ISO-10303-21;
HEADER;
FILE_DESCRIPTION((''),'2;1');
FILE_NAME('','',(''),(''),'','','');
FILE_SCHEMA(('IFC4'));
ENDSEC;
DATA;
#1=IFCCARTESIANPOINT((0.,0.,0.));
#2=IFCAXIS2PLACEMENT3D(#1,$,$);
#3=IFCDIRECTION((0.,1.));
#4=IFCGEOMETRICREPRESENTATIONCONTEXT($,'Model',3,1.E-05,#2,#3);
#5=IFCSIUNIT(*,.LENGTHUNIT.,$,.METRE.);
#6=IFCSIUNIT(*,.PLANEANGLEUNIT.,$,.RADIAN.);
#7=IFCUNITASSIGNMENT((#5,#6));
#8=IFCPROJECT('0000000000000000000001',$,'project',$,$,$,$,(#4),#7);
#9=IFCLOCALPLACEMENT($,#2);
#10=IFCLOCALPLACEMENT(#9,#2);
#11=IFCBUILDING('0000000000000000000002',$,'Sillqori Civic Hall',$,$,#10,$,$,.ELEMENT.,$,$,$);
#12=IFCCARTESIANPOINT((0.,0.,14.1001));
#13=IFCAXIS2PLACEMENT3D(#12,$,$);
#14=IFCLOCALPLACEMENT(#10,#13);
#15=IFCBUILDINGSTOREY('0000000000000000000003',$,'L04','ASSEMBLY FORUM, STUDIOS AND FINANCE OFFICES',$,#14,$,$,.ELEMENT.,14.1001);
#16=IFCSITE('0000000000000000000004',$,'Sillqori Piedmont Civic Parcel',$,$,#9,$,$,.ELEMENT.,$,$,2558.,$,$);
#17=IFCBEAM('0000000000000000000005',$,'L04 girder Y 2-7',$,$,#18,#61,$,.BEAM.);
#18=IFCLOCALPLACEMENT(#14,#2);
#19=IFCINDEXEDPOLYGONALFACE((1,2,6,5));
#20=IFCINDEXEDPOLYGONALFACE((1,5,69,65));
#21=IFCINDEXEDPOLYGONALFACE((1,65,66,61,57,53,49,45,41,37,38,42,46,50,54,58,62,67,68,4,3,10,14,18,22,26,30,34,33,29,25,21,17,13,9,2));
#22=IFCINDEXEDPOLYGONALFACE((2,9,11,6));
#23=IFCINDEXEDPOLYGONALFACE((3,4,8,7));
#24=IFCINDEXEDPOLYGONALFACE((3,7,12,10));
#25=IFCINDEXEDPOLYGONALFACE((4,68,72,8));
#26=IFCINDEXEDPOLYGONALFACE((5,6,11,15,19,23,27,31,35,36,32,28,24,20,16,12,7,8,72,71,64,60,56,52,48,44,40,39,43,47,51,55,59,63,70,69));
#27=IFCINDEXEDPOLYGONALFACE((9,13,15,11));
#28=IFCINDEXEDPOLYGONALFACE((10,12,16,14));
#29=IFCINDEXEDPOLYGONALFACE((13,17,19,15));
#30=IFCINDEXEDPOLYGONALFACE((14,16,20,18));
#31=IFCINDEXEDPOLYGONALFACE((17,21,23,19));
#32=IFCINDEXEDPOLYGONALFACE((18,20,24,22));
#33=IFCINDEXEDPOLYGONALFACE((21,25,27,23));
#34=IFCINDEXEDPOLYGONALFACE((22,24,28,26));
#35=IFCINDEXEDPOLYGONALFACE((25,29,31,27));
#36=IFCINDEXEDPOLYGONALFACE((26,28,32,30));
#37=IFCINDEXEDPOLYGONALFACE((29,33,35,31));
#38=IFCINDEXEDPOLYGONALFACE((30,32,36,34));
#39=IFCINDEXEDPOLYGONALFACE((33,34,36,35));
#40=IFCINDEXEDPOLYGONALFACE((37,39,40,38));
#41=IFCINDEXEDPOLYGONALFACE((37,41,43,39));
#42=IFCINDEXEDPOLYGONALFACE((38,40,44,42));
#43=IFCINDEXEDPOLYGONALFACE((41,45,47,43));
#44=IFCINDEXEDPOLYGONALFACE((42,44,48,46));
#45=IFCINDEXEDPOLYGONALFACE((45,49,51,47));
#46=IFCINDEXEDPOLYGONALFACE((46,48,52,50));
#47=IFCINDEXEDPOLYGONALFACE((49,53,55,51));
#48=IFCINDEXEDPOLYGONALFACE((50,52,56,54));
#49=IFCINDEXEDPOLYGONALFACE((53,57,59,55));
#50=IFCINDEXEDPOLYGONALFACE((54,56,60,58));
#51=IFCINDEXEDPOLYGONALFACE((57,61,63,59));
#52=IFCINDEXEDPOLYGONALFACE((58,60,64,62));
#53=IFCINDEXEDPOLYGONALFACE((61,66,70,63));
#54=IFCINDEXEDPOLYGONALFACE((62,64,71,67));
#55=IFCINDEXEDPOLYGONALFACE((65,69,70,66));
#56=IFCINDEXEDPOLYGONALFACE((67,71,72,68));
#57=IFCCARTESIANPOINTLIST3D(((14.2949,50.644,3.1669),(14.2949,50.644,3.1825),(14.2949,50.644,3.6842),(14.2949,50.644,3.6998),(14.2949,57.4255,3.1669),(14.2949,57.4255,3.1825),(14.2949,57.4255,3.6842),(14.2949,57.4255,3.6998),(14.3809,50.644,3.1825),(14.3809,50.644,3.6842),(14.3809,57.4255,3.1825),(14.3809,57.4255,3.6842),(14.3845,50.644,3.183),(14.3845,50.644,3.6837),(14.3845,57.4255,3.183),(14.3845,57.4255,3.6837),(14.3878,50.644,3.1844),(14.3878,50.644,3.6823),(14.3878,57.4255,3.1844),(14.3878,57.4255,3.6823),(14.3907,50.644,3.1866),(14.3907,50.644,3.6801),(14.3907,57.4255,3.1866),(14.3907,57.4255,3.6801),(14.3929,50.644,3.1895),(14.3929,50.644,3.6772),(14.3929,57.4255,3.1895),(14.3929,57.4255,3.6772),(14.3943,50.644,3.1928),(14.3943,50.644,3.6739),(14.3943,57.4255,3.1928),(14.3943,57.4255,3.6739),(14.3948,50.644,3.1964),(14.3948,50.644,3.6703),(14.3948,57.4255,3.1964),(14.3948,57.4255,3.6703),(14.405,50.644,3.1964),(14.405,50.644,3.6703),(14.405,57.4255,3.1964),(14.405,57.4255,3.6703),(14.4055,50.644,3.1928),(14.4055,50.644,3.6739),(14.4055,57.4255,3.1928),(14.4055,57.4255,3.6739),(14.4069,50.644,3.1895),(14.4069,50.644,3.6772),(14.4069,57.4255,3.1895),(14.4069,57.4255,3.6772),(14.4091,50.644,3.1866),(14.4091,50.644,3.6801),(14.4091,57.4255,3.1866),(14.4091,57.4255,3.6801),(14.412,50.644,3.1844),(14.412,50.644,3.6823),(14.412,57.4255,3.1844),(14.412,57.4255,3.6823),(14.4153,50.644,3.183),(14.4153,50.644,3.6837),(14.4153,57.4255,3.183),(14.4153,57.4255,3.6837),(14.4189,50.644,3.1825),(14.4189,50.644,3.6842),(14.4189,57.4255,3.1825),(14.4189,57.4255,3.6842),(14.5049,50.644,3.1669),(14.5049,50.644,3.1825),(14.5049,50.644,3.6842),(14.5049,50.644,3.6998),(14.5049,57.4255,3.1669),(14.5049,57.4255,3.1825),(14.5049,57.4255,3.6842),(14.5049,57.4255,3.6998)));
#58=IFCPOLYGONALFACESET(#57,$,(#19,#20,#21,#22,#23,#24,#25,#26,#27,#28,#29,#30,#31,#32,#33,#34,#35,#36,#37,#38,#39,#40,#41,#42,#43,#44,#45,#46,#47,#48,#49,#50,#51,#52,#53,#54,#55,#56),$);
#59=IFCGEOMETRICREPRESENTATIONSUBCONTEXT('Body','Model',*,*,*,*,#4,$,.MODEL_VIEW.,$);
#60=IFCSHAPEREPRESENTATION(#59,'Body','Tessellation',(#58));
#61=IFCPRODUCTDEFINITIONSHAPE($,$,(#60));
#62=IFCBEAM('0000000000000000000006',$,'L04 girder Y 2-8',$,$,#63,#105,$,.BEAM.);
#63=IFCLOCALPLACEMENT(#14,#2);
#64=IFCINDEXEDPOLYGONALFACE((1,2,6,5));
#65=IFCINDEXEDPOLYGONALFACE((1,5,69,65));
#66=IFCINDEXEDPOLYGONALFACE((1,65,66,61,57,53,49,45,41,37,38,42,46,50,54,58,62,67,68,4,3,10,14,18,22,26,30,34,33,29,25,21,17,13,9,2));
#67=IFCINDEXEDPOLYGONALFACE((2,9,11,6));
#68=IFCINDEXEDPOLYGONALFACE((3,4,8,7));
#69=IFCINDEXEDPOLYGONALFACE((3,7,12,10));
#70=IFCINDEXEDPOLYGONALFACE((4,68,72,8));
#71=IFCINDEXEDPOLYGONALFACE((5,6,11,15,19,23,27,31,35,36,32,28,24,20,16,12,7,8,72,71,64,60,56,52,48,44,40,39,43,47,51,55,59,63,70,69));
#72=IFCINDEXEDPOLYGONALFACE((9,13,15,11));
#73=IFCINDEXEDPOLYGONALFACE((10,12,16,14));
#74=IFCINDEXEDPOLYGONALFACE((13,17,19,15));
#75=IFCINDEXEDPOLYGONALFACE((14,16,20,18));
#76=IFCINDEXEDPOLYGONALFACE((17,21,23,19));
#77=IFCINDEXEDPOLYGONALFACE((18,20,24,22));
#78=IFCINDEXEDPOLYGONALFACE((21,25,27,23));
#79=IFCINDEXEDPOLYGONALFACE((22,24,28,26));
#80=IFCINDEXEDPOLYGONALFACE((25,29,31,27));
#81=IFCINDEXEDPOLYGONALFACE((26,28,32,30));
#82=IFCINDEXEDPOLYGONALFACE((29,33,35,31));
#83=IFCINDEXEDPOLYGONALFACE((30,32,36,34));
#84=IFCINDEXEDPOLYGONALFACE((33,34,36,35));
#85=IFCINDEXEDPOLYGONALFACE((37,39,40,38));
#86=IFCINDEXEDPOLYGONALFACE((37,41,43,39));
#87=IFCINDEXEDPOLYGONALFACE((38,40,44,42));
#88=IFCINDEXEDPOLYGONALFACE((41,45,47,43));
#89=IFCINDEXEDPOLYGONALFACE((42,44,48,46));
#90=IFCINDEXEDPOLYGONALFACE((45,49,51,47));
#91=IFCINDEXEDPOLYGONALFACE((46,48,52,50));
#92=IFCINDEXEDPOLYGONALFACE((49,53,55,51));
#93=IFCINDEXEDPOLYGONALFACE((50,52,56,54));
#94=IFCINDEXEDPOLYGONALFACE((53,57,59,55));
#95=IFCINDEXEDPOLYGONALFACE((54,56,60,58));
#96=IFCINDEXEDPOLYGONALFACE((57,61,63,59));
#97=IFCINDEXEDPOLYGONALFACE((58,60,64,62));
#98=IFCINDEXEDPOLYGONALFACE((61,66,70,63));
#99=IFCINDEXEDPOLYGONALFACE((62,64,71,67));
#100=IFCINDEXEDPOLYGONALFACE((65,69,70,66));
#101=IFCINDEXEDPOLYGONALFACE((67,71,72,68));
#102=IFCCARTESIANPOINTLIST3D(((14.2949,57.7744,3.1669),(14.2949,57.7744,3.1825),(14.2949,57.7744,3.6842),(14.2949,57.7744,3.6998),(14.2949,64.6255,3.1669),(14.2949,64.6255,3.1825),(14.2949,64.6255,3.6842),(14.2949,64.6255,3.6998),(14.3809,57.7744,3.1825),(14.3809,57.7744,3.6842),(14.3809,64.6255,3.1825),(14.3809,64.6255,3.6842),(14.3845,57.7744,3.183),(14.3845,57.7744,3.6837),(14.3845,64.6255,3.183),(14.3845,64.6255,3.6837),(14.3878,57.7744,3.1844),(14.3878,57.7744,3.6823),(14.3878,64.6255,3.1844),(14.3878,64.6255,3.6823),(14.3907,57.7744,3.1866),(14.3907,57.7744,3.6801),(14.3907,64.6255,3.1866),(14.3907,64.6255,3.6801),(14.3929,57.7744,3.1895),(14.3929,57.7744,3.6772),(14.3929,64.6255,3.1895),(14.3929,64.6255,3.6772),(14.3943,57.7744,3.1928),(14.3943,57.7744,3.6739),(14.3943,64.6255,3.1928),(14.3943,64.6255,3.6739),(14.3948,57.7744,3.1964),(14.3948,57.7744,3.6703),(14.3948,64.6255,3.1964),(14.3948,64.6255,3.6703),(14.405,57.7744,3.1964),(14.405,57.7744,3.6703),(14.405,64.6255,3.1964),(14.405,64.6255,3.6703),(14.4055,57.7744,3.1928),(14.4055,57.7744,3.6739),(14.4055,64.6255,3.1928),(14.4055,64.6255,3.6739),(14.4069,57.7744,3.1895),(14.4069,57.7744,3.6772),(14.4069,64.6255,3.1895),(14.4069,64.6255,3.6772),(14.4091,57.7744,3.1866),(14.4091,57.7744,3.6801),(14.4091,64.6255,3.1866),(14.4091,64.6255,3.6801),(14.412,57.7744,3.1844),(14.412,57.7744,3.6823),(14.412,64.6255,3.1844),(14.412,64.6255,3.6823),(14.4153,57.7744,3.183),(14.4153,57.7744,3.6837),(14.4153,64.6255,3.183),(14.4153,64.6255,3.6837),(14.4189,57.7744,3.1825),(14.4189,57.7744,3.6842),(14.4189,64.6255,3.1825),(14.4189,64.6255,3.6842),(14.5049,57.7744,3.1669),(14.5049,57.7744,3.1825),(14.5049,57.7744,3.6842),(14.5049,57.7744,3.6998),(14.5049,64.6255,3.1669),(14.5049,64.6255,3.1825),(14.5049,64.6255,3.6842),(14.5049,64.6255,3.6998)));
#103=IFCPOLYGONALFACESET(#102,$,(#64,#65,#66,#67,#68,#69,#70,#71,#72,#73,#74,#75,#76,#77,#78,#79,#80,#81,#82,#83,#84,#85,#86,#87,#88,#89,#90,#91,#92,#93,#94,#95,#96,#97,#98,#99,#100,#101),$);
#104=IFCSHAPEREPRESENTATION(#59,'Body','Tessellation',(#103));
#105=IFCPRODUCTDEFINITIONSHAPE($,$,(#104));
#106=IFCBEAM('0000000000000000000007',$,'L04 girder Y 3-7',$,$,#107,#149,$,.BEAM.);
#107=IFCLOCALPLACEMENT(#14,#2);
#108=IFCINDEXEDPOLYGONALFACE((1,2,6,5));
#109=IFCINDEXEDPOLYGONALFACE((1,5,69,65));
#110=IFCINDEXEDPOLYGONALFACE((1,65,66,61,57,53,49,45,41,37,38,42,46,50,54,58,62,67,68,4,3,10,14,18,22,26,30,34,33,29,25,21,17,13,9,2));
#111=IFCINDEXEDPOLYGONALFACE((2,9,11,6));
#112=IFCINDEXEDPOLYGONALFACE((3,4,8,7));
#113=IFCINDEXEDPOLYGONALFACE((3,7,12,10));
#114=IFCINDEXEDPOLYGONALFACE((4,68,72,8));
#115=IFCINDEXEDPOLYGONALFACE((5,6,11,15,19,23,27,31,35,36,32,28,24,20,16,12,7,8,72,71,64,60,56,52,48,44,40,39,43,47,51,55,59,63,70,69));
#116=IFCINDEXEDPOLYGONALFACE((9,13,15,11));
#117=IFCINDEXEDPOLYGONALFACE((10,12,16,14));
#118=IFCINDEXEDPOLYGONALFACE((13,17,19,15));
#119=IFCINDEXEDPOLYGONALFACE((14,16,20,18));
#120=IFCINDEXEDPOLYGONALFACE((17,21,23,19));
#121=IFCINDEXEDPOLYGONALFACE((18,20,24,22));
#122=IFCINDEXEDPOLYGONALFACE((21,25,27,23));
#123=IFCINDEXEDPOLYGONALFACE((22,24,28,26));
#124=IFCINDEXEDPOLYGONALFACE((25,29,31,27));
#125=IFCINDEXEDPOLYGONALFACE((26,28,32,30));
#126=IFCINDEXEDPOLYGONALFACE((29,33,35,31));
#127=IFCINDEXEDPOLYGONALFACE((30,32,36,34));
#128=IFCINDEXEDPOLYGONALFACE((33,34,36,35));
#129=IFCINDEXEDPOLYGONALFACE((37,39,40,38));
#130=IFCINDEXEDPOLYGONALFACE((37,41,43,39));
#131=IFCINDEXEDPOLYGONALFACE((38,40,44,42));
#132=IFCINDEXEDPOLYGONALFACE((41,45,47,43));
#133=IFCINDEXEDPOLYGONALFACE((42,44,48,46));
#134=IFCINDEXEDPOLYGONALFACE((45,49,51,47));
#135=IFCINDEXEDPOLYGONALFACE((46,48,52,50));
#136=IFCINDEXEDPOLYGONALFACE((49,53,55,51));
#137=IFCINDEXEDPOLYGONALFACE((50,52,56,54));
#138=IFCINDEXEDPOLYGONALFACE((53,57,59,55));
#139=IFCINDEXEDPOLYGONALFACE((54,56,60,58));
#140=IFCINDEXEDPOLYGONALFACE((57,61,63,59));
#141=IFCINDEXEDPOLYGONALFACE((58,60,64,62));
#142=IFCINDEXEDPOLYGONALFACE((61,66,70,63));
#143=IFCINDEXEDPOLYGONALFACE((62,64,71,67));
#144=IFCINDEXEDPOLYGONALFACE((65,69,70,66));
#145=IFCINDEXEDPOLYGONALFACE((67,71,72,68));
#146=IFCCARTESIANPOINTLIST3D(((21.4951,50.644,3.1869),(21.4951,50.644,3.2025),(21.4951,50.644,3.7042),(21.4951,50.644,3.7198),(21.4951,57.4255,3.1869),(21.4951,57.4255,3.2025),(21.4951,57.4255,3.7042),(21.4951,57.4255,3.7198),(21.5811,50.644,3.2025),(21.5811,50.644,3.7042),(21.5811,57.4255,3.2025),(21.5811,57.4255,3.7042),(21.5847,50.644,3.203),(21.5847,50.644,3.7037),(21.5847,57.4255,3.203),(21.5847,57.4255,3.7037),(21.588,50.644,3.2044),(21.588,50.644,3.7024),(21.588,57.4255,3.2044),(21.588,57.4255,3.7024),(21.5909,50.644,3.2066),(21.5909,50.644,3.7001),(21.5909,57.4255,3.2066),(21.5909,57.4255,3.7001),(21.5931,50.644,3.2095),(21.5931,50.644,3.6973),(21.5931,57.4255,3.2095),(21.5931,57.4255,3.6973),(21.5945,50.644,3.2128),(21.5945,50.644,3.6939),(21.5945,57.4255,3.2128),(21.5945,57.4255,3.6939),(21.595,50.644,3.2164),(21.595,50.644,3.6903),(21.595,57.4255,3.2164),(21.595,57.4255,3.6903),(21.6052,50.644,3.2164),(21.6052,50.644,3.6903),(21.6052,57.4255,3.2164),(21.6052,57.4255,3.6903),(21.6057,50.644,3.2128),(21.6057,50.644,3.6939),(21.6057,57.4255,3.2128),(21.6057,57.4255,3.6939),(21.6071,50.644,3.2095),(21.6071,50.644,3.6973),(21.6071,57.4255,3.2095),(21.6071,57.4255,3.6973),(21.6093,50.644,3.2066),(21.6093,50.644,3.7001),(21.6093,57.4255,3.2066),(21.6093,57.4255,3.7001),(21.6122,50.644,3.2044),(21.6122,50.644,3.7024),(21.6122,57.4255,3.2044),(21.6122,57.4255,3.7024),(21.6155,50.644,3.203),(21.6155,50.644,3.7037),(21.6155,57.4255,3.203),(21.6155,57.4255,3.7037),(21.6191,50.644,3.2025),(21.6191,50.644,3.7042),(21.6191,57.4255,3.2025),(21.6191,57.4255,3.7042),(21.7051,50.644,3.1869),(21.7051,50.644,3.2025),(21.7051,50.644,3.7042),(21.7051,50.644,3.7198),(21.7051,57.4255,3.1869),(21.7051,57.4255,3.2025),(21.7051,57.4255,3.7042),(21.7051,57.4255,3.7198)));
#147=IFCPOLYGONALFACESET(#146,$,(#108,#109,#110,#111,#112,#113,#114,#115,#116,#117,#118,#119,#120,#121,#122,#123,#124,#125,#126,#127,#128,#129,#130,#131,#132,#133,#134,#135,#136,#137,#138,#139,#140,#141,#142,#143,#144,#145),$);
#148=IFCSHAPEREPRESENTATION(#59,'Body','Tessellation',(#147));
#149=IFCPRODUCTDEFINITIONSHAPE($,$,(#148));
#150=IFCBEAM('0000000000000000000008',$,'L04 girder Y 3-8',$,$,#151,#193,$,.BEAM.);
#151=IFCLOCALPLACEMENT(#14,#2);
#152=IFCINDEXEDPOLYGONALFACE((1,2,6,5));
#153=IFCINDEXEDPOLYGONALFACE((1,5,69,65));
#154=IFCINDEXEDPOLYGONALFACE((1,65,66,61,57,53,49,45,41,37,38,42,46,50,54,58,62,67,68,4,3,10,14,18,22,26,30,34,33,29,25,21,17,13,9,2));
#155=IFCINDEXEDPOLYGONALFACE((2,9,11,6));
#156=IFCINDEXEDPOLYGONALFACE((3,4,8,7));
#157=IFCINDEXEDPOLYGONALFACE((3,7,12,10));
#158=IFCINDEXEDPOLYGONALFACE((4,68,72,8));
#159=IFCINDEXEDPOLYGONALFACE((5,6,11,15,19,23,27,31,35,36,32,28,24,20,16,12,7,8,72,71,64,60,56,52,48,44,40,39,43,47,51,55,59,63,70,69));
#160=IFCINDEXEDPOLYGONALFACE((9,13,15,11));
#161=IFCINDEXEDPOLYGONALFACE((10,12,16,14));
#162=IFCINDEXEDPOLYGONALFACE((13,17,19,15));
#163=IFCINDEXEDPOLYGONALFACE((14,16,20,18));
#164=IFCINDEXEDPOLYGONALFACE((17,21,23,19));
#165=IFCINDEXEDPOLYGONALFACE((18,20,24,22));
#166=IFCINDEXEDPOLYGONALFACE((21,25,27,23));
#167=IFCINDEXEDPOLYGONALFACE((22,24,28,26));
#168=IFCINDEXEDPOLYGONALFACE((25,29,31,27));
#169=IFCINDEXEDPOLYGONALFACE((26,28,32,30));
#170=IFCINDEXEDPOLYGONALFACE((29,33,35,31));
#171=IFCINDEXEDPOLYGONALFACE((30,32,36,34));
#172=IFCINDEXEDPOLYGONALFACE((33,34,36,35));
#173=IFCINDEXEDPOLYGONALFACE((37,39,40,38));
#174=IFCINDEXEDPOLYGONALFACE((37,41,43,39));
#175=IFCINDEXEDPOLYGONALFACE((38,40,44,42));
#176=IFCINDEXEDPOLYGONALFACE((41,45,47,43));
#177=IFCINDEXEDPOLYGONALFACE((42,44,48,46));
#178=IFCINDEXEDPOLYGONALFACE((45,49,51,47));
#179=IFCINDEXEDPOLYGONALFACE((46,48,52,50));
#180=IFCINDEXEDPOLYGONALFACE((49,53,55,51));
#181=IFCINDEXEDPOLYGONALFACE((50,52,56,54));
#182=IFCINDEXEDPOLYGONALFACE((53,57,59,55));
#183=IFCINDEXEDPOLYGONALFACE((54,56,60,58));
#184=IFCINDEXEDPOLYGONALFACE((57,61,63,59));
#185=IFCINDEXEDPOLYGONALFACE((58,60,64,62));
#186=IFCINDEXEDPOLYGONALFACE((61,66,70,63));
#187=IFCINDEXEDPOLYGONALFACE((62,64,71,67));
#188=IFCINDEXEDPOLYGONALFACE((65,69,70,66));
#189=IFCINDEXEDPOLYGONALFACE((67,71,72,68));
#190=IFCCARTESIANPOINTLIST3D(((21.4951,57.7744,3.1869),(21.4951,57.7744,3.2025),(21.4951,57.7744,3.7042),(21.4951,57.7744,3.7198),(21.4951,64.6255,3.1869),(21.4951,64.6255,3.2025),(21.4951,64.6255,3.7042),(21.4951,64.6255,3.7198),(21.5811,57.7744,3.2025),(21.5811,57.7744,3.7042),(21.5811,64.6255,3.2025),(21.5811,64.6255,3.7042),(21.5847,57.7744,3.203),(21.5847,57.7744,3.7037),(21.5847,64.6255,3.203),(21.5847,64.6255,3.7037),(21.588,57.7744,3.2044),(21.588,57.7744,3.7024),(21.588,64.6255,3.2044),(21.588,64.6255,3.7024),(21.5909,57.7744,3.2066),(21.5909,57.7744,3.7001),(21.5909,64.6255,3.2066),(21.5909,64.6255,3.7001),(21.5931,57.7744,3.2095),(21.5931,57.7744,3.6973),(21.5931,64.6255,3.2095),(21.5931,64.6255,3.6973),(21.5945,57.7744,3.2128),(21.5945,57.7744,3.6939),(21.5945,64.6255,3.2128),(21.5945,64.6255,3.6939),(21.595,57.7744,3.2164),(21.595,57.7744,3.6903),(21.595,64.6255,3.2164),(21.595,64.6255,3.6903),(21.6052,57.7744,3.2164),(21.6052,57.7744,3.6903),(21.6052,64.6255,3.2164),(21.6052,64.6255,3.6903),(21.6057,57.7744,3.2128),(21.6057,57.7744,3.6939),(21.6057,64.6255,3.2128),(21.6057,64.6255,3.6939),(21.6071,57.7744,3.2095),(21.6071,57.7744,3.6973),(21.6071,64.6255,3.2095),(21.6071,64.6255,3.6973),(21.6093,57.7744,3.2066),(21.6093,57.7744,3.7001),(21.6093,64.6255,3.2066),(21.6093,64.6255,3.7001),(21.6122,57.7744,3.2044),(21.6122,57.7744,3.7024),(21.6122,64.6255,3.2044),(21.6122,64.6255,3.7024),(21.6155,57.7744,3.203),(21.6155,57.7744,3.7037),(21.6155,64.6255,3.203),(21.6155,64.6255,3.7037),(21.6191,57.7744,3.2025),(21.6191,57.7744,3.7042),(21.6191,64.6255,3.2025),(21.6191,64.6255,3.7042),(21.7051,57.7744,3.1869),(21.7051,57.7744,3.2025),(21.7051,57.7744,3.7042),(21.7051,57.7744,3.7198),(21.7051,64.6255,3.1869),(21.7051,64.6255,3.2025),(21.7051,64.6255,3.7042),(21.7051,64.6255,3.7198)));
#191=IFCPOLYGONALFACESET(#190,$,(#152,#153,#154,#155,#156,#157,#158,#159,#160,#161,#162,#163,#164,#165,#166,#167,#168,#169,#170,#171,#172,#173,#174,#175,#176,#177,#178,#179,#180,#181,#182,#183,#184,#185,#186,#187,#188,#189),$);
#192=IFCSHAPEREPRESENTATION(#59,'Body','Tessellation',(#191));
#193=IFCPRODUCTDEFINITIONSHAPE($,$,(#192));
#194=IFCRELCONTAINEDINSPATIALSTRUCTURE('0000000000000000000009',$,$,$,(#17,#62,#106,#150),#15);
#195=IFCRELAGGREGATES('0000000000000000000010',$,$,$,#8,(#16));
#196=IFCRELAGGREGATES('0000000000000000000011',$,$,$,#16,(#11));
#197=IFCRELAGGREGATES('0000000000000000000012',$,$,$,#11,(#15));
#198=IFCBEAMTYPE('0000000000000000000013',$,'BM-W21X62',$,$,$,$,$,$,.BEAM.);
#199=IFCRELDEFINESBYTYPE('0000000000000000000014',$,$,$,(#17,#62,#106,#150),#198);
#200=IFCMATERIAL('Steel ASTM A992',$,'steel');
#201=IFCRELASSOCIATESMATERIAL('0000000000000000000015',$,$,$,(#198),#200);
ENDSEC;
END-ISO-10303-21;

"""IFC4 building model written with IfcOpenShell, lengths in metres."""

from ifc_helpers import new_model, si_unit, direction, frame, origin, origin_2d, place, context, subcontext, project, spatial, i_section, extrude, material, material_profile, profile_set, type_object, element, save


model = new_model("IFC4")

# Units and contexts
model_context = context("Model", 3, precision=1e-05, world=origin(), true_north=direction((0.0, 1.0)))
body_context = subcontext(model_context, "Body", "Model", "MODEL_VIEW")
ifc_project = project(units=[si_unit("LENGTHUNIT", "METRE"), si_unit("PLANEANGLEUNIT", "RADIAN")], contexts=[model_context])

# Site, building, storey
site_placement = place(None, origin())
site = spatial("IfcSite", under=ifc_project, at=site_placement, Name="Sillqori Piedmont Civic Parcel", CompositionType="ELEMENT", RefElevation=2558.0)
building_placement = place(site_placement, origin())
building = spatial("IfcBuilding", under=site, at=building_placement, Name="Sillqori Civic Hall", CompositionType="ELEMENT")
storey_placement = place(building_placement, frame((0.0, 0.0, 14.1001)))
storey = spatial("IfcBuildingStorey", under=building, at=storey_placement, Name="L04", Description="ASSEMBLY FORUM, STUDIOS AND FINANCE OFFICES", CompositionType="ELEMENT", Elevation=14.1001)

# Shared definitions
ifc_material_1 = material(Name="Steel ASTM A992", Category="steel")

# Beams
ifc_material_profile_1 = material_profile(ifc_material_1, i_section(OverallWidth=0.21, OverallDepth=0.533, WebThickness=0.0103, FlangeThickness=0.0156, FilletRadius=0.0139, at=origin_2d()), Name="W21X62")
ifc_profile_set_1 = profile_set([ifc_material_profile_1], Name="Steel ASTM A992")
beam_type_1 = type_object("IfcBeamType", Name="BM-W21X62", PredefinedType="BEAM", material=ifc_profile_set_1)
beam_1_placement = place(storey_placement, frame((14.3999, 50.644, 3.4333), z_axis=(0.0, 1.0, 0.0), x_axis=(-1.0, 0.0, 0.0)))
element("IfcBeam", 1, at=beam_1_placement, inside=storey, type_object=beam_type_1, Name="L04 girder Y 2-7", PredefinedType="BEAM", context=body_context, shape_type="SweptSolid", body=[
    extrude(i_section(OverallWidth=0.21, OverallDepth=0.533, WebThickness=0.0103, FlangeThickness=0.0156, FilletRadius=0.0139, at=origin_2d()), origin(), (0.0, 0.0, 1.0), 6.7815),
])
beam_2_placement = place(storey_placement, frame((14.3999, 57.7744, 3.4333), z_axis=(0.0, 1.0, 0.0), x_axis=(-1.0, 0.0, 0.0)))
element("IfcBeam", 2, at=beam_2_placement, inside=storey, type_object=beam_type_1, Name="L04 girder Y 2-8", PredefinedType="BEAM", context=body_context, shape_type="SweptSolid", body=[
    extrude(i_section(OverallWidth=0.21, OverallDepth=0.533, WebThickness=0.0103, FlangeThickness=0.0156, FilletRadius=0.0139, at=origin_2d()), origin(), (0.0, 0.0, 1.0), 6.8511),
])
beam_3_placement = place(storey_placement, frame((21.6001, 50.644, 3.4534), z_axis=(0.0, 1.0, 0.0), x_axis=(-1.0, 0.0, 0.0)))
element("IfcBeam", 3, at=beam_3_placement, inside=storey, type_object=beam_type_1, Name="L04 girder Y 3-7", PredefinedType="BEAM", context=body_context, shape_type="SweptSolid", body=[
    extrude(i_section(OverallWidth=0.21, OverallDepth=0.533, WebThickness=0.0103, FlangeThickness=0.0156, FilletRadius=0.0139, at=origin_2d()), origin(), (0.0, 0.0, 1.0), 6.7815),
])
beam_4_placement = place(storey_placement, frame((21.6001, 57.7744, 3.4534), z_axis=(0.0, 1.0, 0.0), x_axis=(-1.0, 0.0, 0.0)))
element("IfcBeam", 4, at=beam_4_placement, inside=storey, type_object=beam_type_1, Name="L04 girder Y 3-8", PredefinedType="BEAM", context=body_context, shape_type="SweptSolid", body=[
    extrude(i_section(OverallWidth=0.21, OverallDepth=0.533, WebThickness=0.0103, FlangeThickness=0.0156, FilletRadius=0.0139, at=origin_2d()), origin(), (0.0, 0.0, 1.0), 6.8511),
])

save(model, "model.ifc")
